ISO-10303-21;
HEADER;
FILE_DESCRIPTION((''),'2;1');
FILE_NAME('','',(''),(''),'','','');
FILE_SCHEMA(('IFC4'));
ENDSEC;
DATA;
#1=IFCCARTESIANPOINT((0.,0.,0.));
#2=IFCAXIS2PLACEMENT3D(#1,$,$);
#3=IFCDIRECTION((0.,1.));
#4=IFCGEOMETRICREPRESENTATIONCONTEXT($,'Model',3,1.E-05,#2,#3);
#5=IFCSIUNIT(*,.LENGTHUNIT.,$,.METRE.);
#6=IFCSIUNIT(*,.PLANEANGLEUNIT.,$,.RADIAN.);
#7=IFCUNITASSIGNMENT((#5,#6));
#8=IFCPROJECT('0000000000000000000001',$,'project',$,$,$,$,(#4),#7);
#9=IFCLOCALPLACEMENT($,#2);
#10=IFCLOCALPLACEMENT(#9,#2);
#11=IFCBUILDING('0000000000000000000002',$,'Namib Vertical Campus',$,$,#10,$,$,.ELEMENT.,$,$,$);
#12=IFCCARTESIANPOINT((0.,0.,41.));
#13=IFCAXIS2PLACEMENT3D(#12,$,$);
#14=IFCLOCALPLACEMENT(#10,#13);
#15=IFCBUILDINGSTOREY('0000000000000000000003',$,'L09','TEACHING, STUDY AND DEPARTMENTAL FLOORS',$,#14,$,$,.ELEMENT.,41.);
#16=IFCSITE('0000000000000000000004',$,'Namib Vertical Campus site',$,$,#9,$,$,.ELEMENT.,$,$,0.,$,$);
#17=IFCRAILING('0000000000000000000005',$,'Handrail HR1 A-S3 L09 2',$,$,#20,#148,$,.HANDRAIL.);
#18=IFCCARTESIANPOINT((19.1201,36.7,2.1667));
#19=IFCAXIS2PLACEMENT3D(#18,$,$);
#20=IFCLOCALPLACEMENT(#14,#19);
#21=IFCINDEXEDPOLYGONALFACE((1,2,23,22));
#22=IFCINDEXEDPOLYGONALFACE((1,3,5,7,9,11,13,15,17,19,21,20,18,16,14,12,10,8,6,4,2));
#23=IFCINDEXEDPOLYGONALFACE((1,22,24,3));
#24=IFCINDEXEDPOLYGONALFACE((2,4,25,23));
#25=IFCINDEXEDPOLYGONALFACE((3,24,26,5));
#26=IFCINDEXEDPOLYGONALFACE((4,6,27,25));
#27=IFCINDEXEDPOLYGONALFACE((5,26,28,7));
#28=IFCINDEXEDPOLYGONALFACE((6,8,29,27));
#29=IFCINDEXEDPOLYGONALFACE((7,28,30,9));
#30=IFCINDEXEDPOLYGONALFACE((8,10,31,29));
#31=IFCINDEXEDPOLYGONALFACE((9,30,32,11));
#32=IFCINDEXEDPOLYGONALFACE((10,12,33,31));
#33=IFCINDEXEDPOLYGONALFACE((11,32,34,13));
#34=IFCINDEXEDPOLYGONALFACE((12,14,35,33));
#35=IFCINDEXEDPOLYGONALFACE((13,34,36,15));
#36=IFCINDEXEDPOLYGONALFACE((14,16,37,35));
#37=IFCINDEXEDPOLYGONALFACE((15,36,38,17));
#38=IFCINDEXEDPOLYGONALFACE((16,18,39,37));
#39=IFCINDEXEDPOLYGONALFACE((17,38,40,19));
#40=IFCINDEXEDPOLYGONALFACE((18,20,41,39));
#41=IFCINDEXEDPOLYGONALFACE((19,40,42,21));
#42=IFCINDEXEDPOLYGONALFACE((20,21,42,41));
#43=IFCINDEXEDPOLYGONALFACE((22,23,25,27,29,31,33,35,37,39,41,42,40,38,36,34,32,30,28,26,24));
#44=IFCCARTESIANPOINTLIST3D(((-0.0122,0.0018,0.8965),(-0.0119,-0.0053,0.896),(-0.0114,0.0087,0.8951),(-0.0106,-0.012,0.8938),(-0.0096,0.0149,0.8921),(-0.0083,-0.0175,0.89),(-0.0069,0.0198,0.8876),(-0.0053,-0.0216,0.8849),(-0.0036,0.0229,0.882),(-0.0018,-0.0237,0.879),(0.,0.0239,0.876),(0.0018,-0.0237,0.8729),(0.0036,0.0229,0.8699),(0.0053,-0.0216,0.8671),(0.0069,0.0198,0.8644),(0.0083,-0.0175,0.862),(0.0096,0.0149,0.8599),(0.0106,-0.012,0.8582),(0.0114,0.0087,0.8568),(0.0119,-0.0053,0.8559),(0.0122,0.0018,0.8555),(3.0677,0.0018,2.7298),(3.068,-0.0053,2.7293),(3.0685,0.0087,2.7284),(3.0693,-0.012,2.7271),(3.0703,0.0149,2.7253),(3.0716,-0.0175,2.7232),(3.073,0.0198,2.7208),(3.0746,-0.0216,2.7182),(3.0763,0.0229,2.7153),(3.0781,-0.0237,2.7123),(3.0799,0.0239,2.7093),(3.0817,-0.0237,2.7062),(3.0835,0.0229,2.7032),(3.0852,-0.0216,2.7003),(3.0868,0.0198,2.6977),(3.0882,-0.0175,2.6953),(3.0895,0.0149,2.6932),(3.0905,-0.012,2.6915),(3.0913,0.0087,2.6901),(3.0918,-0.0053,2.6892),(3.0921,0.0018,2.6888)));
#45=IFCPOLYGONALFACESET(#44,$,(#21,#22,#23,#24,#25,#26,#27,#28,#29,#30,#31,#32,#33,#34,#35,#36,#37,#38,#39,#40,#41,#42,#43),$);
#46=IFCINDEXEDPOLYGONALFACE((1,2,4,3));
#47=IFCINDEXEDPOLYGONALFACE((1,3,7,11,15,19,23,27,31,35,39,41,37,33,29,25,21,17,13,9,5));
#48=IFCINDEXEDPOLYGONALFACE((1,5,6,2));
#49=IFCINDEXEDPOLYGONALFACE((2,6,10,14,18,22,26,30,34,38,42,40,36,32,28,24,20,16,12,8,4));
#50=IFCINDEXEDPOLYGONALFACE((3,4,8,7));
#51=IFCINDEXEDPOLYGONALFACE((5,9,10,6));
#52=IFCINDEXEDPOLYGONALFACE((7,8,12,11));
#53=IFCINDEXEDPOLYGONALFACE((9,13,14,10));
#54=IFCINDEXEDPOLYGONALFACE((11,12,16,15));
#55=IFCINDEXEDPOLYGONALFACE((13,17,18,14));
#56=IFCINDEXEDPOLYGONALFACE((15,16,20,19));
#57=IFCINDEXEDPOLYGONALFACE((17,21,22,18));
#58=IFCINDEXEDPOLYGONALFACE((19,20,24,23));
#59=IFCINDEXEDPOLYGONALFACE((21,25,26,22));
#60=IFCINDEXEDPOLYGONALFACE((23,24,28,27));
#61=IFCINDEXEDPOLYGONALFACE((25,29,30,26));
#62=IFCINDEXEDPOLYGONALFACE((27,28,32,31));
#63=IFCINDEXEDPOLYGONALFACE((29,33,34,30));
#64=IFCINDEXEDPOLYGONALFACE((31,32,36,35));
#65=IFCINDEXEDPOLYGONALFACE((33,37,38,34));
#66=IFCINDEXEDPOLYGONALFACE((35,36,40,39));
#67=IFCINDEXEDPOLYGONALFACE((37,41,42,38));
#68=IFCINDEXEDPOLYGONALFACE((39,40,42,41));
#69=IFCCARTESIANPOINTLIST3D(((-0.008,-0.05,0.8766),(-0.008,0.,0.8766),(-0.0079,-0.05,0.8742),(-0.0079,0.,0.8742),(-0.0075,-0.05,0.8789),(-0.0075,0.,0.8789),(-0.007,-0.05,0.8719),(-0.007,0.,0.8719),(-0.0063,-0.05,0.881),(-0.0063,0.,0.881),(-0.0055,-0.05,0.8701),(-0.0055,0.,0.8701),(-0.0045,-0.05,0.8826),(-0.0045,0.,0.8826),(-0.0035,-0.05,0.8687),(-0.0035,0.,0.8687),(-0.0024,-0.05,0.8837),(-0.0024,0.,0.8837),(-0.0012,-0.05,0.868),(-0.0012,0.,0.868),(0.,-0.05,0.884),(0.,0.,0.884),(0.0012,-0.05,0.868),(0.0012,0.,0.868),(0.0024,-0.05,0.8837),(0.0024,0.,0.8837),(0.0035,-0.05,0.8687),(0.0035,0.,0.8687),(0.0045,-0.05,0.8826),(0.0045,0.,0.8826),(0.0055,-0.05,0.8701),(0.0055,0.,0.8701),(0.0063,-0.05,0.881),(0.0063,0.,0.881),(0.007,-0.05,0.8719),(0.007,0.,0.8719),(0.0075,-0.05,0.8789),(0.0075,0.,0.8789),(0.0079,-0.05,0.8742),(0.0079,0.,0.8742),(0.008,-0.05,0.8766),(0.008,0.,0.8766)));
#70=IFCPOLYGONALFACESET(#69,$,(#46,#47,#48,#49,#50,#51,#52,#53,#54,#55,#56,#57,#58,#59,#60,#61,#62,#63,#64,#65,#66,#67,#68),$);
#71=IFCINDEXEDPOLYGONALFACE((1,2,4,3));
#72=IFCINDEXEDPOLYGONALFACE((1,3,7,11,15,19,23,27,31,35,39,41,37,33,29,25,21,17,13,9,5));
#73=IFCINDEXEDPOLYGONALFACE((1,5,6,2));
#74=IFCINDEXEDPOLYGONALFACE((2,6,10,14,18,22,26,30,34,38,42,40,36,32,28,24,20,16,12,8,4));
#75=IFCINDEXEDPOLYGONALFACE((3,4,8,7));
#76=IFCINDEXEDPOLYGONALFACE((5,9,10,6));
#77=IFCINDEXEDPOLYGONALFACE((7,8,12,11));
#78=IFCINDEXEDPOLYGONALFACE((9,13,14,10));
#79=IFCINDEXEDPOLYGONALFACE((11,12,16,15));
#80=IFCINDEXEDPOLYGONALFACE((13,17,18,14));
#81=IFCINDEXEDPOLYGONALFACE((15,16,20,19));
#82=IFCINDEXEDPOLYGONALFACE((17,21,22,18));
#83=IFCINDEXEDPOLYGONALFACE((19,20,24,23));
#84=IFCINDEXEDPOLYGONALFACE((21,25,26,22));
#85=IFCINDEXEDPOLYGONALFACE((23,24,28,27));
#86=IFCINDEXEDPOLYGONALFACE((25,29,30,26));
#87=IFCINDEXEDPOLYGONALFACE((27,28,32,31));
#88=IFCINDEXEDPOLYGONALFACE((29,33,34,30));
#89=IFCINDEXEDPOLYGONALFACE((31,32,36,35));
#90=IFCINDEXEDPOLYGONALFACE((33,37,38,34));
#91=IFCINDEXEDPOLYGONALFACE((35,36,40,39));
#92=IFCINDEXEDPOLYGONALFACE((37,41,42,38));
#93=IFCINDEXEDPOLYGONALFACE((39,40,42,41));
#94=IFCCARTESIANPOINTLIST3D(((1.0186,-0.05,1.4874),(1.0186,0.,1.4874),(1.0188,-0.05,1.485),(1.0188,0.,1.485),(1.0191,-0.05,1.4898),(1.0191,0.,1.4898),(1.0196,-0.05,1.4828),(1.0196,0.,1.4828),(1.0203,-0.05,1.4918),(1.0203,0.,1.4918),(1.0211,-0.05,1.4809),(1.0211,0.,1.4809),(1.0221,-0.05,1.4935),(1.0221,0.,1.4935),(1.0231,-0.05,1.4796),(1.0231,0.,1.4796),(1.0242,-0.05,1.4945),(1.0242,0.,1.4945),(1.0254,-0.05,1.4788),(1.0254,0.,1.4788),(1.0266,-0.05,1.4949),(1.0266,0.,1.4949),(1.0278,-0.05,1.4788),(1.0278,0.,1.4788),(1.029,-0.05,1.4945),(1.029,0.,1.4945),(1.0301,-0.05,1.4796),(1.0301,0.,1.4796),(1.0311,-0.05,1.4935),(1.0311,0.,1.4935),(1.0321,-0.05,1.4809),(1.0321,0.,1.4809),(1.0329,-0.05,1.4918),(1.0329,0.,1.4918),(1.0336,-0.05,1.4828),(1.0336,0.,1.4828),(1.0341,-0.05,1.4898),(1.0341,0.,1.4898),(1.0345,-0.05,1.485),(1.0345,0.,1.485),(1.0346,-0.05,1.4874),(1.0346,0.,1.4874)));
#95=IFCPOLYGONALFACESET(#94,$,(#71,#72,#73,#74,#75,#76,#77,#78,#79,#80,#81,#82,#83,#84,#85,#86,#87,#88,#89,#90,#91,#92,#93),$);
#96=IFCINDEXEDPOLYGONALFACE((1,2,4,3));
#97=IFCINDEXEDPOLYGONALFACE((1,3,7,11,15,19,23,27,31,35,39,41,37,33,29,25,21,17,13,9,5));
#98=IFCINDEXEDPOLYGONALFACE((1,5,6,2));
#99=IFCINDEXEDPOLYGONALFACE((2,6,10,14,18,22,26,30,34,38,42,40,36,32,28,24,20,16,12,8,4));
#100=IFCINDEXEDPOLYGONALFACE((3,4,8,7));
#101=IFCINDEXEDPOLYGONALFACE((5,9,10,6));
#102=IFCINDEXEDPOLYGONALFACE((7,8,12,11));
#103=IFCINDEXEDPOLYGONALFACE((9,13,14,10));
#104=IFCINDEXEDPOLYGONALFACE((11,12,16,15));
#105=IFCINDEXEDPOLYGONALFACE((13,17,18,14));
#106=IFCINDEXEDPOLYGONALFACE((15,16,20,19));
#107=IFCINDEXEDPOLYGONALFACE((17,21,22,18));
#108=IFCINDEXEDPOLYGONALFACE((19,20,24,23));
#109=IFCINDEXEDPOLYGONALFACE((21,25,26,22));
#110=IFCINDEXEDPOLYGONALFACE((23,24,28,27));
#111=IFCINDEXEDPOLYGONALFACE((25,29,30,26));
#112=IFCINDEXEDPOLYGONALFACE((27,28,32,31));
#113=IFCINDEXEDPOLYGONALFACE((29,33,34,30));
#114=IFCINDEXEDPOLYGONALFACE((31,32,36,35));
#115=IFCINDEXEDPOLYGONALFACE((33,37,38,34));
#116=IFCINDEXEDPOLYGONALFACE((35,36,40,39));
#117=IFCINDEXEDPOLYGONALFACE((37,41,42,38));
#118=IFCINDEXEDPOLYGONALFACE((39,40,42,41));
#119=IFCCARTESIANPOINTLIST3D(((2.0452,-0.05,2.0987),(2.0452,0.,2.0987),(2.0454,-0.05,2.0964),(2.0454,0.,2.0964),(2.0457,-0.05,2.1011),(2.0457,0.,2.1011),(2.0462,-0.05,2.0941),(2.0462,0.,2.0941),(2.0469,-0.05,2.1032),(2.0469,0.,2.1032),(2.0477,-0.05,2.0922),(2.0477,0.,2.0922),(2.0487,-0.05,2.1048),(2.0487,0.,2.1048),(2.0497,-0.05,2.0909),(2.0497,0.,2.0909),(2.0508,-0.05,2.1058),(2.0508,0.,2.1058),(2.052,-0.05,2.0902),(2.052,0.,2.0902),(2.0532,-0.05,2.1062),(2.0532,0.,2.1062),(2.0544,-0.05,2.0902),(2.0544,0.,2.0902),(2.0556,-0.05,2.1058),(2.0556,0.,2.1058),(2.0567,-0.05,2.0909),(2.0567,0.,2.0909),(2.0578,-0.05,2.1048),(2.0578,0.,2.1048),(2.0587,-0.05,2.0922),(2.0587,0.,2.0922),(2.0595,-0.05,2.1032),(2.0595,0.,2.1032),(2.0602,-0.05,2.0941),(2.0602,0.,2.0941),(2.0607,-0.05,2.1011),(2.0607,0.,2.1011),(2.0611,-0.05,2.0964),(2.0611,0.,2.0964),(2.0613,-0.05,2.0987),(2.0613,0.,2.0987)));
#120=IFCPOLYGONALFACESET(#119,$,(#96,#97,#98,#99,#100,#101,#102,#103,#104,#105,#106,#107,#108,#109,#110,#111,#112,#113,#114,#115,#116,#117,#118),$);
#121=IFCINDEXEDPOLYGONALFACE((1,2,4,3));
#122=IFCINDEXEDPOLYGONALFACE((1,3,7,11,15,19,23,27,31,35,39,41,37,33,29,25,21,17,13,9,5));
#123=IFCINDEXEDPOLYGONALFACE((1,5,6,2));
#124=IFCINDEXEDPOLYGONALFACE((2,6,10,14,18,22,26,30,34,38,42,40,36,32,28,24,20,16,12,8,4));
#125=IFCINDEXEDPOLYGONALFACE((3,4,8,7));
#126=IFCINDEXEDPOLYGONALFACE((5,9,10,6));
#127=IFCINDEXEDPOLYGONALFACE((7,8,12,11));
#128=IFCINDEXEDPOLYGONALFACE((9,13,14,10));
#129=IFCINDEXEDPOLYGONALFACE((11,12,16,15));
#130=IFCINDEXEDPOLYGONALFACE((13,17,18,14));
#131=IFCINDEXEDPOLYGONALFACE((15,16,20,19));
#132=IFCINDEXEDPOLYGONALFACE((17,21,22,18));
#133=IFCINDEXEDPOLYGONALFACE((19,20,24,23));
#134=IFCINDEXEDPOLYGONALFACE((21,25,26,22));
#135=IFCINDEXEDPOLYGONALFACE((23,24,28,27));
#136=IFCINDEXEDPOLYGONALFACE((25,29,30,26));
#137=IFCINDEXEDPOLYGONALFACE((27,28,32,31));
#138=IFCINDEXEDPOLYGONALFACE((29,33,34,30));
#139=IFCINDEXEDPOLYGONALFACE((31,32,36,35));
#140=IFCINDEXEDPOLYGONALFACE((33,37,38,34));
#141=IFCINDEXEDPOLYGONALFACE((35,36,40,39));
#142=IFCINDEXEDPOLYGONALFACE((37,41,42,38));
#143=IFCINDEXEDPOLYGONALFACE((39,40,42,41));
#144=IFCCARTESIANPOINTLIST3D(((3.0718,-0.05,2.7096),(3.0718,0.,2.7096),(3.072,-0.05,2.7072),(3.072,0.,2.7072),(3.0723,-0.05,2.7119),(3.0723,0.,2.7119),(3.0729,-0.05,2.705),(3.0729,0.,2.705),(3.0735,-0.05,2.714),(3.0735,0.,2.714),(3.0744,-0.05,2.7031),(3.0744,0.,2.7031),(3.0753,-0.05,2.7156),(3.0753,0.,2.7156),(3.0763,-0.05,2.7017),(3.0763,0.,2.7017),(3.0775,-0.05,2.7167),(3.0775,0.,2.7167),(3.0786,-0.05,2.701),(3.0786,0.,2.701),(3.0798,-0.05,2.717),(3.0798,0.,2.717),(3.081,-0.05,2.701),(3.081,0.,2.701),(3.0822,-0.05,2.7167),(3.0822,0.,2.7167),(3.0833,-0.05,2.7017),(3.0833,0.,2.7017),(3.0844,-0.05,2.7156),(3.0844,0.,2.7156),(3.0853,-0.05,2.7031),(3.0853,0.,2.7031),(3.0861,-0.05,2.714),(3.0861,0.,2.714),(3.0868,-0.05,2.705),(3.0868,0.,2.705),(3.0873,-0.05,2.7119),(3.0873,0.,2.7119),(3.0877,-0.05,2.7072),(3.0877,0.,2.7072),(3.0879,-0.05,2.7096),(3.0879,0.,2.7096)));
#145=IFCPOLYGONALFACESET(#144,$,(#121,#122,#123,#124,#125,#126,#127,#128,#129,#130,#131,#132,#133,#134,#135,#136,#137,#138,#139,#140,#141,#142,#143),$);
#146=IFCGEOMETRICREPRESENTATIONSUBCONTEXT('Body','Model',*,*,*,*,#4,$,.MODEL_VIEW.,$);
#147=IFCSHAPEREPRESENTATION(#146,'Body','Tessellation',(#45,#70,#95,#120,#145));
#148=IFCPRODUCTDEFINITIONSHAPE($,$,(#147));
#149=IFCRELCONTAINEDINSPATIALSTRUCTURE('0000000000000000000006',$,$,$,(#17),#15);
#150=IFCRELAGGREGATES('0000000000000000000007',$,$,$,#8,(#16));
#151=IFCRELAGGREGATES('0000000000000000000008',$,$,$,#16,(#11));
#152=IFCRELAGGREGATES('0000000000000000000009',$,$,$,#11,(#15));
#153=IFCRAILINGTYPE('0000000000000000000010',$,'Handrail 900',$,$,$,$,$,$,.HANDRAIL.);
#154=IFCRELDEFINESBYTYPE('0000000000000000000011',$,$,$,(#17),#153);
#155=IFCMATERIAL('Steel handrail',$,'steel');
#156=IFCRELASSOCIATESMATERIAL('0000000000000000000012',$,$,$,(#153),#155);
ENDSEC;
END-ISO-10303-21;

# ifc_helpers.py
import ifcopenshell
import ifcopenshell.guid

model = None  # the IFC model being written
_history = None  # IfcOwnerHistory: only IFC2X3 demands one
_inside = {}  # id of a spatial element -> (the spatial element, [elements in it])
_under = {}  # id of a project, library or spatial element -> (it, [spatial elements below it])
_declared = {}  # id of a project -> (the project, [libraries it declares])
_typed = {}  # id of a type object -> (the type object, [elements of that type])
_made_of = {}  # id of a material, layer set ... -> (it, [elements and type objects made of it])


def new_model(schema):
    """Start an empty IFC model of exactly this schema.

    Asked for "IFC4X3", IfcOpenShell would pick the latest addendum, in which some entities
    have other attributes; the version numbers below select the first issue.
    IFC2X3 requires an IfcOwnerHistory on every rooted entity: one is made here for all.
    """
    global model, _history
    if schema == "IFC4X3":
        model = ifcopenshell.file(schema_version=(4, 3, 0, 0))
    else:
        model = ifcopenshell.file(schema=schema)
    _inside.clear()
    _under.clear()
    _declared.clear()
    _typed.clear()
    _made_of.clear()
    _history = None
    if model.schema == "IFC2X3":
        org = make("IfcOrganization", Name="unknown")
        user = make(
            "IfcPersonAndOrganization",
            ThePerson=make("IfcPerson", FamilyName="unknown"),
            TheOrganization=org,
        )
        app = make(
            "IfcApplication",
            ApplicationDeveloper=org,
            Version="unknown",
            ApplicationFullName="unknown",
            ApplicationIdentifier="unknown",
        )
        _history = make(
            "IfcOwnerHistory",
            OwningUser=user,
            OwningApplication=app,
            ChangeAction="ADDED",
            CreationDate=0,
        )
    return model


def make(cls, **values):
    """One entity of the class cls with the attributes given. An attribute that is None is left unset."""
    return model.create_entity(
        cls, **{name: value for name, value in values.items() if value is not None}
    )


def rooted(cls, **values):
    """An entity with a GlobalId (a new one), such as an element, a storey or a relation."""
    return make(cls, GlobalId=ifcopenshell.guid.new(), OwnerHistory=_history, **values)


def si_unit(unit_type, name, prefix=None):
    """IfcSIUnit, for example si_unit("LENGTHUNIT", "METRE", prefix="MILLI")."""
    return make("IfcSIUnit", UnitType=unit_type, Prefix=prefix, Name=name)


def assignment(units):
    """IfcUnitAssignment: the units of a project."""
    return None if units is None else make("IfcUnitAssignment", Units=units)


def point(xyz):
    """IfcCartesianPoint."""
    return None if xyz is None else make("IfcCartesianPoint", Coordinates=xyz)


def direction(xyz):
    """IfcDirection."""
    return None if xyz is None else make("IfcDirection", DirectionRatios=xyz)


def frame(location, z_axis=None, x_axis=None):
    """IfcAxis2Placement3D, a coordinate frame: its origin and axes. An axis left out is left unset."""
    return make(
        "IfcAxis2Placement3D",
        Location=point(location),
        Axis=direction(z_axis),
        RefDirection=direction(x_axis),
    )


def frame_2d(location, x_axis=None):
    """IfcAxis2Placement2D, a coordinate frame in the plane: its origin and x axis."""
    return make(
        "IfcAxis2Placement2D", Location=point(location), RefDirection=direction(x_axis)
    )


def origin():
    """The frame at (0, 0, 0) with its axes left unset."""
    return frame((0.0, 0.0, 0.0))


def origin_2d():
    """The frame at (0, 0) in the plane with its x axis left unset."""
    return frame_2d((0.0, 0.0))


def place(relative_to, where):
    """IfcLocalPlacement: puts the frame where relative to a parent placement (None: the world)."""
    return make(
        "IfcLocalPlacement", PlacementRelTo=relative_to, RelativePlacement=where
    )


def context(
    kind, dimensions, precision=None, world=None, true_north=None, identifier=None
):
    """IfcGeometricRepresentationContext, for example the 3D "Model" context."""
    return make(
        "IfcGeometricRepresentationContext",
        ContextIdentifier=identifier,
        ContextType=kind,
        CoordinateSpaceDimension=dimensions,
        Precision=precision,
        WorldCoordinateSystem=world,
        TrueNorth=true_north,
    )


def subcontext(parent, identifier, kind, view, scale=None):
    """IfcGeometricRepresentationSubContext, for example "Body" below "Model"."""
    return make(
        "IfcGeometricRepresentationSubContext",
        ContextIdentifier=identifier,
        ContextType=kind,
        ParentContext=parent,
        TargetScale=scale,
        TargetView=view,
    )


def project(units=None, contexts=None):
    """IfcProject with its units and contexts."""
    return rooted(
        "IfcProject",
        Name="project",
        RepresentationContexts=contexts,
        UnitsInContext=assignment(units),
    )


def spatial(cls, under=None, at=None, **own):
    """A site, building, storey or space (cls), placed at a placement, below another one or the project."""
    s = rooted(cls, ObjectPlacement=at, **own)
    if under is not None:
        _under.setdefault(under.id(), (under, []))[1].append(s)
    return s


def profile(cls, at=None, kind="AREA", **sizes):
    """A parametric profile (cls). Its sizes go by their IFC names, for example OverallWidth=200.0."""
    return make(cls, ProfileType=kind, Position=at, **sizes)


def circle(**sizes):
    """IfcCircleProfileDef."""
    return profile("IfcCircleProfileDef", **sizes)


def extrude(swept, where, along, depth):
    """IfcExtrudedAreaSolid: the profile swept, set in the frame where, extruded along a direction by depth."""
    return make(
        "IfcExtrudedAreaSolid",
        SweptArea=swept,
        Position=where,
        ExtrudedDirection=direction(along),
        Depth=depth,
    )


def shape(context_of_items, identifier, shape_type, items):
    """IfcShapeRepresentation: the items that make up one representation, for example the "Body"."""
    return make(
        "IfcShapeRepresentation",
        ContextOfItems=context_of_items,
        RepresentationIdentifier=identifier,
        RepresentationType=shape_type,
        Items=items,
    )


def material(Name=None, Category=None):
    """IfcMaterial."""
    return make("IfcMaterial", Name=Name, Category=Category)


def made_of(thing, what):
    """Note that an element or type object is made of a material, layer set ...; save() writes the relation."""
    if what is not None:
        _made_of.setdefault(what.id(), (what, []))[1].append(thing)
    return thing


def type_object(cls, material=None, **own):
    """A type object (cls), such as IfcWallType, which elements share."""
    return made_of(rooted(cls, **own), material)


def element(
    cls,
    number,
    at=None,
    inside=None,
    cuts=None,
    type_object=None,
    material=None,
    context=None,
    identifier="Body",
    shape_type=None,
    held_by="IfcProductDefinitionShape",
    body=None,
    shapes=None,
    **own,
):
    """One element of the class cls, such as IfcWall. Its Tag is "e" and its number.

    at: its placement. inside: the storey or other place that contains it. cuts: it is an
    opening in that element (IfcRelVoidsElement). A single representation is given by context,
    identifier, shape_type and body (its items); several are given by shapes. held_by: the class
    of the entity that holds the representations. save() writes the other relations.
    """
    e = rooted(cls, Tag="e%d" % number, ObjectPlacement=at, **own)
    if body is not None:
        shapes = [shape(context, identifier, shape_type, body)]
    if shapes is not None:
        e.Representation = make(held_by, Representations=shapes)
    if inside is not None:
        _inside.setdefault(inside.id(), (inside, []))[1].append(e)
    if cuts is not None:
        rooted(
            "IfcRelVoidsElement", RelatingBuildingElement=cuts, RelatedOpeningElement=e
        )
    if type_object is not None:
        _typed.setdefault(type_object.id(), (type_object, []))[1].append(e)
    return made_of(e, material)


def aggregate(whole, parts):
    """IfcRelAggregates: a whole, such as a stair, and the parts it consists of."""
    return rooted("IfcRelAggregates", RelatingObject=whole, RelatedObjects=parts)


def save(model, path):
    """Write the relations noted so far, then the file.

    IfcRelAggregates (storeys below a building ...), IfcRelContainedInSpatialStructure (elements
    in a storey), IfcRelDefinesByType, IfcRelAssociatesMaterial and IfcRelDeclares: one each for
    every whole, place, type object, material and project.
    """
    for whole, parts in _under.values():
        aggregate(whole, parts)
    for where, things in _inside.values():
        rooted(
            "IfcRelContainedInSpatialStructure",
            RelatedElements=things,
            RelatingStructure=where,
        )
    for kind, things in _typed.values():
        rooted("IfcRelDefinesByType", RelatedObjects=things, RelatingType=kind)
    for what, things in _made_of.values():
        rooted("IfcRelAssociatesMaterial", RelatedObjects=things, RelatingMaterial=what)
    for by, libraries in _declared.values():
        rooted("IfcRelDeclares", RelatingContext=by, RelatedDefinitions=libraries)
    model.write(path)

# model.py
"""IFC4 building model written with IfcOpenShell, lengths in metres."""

from ifc_helpers import new_model, si_unit, direction, frame, origin, origin_2d, place, context, subcontext, project, spatial, circle, extrude, material, type_object, element, save


model = new_model("IFC4")

# Units and contexts
model_context = context("Model", 3, precision=1e-05, world=origin(), true_north=direction((0.0, 1.0)))
body_context = subcontext(model_context, "Body", "Model", "MODEL_VIEW")
ifc_project = project(units=[si_unit("LENGTHUNIT", "METRE"), si_unit("PLANEANGLEUNIT", "RADIAN")], contexts=[model_context])

# Site, building, storey
site_placement = place(None, origin())
site = spatial("IfcSite", under=ifc_project, at=site_placement, Name="Namib Vertical Campus site", CompositionType="ELEMENT", RefElevation=0.0)
building_placement = place(site_placement, origin())
building = spatial("IfcBuilding", under=site, at=building_placement, Name="Namib Vertical Campus", CompositionType="ELEMENT")
storey_placement = place(building_placement, frame((0.0, 0.0, 41.0)))
storey = spatial("IfcBuildingStorey", under=building, at=storey_placement, Name="L09", Description="TEACHING, STUDY AND DEPARTMENTAL FLOORS", CompositionType="ELEMENT", Elevation=41.0)

# Railing
ifc_material_1 = material(Name="Steel handrail", Category="steel")
railing_type = type_object("IfcRailingType", Name="Handrail 900", PredefinedType="HANDRAIL", material=ifc_material_1)
railing_1_placement = place(storey_placement, frame((19.1201, 36.7, 2.1667)))
element("IfcRailing", 1, at=railing_1_placement, inside=storey, type_object=railing_type, Name="Handrail HR1 A-S3 L09 2", PredefinedType="HANDRAIL", context=body_context, shape_type="SweptSolid", body=[
    extrude(circle(Radius=0.0239, at=origin_2d()), frame((0.0, 0.0, 0.876), z_axis=(0.859291, 0.0, 0.511487), x_axis=(0.0, 1.0, 0.0)), (0.0, 0.0, 1.0), 3.5842),
    extrude(circle(Radius=0.0081, at=origin_2d()), frame((0.0, 0.0, 0.876), z_axis=(0.0, -1.0, 0.0), x_axis=(0.0, 0.0, 1.0)), (0.0, 0.0, 1.0), 0.05),
    extrude(circle(Radius=0.0081, at=origin_2d()), frame((1.0266, 0.0, 1.4868), z_axis=(0.0, -1.0, 0.0), x_axis=(0.0, 0.0, 1.0)), (0.0, 0.0, 1.0), 0.05),
    extrude(circle(Radius=0.0081, at=origin_2d()), frame((2.0532, 0.0, 2.0981), z_axis=(0.0, -1.0, 0.0), x_axis=(0.0, 0.0, 1.0)), (0.0, 0.0, 1.0), 0.05),
    extrude(circle(Radius=0.0081, at=origin_2d()), frame((3.0798, 0.0, 2.709), z_axis=(0.0, -1.0, 0.0), x_axis=(0.0, 0.0, 1.0)), (0.0, 0.0, 1.0), 0.05),
])

save(model, "model.ifc")
